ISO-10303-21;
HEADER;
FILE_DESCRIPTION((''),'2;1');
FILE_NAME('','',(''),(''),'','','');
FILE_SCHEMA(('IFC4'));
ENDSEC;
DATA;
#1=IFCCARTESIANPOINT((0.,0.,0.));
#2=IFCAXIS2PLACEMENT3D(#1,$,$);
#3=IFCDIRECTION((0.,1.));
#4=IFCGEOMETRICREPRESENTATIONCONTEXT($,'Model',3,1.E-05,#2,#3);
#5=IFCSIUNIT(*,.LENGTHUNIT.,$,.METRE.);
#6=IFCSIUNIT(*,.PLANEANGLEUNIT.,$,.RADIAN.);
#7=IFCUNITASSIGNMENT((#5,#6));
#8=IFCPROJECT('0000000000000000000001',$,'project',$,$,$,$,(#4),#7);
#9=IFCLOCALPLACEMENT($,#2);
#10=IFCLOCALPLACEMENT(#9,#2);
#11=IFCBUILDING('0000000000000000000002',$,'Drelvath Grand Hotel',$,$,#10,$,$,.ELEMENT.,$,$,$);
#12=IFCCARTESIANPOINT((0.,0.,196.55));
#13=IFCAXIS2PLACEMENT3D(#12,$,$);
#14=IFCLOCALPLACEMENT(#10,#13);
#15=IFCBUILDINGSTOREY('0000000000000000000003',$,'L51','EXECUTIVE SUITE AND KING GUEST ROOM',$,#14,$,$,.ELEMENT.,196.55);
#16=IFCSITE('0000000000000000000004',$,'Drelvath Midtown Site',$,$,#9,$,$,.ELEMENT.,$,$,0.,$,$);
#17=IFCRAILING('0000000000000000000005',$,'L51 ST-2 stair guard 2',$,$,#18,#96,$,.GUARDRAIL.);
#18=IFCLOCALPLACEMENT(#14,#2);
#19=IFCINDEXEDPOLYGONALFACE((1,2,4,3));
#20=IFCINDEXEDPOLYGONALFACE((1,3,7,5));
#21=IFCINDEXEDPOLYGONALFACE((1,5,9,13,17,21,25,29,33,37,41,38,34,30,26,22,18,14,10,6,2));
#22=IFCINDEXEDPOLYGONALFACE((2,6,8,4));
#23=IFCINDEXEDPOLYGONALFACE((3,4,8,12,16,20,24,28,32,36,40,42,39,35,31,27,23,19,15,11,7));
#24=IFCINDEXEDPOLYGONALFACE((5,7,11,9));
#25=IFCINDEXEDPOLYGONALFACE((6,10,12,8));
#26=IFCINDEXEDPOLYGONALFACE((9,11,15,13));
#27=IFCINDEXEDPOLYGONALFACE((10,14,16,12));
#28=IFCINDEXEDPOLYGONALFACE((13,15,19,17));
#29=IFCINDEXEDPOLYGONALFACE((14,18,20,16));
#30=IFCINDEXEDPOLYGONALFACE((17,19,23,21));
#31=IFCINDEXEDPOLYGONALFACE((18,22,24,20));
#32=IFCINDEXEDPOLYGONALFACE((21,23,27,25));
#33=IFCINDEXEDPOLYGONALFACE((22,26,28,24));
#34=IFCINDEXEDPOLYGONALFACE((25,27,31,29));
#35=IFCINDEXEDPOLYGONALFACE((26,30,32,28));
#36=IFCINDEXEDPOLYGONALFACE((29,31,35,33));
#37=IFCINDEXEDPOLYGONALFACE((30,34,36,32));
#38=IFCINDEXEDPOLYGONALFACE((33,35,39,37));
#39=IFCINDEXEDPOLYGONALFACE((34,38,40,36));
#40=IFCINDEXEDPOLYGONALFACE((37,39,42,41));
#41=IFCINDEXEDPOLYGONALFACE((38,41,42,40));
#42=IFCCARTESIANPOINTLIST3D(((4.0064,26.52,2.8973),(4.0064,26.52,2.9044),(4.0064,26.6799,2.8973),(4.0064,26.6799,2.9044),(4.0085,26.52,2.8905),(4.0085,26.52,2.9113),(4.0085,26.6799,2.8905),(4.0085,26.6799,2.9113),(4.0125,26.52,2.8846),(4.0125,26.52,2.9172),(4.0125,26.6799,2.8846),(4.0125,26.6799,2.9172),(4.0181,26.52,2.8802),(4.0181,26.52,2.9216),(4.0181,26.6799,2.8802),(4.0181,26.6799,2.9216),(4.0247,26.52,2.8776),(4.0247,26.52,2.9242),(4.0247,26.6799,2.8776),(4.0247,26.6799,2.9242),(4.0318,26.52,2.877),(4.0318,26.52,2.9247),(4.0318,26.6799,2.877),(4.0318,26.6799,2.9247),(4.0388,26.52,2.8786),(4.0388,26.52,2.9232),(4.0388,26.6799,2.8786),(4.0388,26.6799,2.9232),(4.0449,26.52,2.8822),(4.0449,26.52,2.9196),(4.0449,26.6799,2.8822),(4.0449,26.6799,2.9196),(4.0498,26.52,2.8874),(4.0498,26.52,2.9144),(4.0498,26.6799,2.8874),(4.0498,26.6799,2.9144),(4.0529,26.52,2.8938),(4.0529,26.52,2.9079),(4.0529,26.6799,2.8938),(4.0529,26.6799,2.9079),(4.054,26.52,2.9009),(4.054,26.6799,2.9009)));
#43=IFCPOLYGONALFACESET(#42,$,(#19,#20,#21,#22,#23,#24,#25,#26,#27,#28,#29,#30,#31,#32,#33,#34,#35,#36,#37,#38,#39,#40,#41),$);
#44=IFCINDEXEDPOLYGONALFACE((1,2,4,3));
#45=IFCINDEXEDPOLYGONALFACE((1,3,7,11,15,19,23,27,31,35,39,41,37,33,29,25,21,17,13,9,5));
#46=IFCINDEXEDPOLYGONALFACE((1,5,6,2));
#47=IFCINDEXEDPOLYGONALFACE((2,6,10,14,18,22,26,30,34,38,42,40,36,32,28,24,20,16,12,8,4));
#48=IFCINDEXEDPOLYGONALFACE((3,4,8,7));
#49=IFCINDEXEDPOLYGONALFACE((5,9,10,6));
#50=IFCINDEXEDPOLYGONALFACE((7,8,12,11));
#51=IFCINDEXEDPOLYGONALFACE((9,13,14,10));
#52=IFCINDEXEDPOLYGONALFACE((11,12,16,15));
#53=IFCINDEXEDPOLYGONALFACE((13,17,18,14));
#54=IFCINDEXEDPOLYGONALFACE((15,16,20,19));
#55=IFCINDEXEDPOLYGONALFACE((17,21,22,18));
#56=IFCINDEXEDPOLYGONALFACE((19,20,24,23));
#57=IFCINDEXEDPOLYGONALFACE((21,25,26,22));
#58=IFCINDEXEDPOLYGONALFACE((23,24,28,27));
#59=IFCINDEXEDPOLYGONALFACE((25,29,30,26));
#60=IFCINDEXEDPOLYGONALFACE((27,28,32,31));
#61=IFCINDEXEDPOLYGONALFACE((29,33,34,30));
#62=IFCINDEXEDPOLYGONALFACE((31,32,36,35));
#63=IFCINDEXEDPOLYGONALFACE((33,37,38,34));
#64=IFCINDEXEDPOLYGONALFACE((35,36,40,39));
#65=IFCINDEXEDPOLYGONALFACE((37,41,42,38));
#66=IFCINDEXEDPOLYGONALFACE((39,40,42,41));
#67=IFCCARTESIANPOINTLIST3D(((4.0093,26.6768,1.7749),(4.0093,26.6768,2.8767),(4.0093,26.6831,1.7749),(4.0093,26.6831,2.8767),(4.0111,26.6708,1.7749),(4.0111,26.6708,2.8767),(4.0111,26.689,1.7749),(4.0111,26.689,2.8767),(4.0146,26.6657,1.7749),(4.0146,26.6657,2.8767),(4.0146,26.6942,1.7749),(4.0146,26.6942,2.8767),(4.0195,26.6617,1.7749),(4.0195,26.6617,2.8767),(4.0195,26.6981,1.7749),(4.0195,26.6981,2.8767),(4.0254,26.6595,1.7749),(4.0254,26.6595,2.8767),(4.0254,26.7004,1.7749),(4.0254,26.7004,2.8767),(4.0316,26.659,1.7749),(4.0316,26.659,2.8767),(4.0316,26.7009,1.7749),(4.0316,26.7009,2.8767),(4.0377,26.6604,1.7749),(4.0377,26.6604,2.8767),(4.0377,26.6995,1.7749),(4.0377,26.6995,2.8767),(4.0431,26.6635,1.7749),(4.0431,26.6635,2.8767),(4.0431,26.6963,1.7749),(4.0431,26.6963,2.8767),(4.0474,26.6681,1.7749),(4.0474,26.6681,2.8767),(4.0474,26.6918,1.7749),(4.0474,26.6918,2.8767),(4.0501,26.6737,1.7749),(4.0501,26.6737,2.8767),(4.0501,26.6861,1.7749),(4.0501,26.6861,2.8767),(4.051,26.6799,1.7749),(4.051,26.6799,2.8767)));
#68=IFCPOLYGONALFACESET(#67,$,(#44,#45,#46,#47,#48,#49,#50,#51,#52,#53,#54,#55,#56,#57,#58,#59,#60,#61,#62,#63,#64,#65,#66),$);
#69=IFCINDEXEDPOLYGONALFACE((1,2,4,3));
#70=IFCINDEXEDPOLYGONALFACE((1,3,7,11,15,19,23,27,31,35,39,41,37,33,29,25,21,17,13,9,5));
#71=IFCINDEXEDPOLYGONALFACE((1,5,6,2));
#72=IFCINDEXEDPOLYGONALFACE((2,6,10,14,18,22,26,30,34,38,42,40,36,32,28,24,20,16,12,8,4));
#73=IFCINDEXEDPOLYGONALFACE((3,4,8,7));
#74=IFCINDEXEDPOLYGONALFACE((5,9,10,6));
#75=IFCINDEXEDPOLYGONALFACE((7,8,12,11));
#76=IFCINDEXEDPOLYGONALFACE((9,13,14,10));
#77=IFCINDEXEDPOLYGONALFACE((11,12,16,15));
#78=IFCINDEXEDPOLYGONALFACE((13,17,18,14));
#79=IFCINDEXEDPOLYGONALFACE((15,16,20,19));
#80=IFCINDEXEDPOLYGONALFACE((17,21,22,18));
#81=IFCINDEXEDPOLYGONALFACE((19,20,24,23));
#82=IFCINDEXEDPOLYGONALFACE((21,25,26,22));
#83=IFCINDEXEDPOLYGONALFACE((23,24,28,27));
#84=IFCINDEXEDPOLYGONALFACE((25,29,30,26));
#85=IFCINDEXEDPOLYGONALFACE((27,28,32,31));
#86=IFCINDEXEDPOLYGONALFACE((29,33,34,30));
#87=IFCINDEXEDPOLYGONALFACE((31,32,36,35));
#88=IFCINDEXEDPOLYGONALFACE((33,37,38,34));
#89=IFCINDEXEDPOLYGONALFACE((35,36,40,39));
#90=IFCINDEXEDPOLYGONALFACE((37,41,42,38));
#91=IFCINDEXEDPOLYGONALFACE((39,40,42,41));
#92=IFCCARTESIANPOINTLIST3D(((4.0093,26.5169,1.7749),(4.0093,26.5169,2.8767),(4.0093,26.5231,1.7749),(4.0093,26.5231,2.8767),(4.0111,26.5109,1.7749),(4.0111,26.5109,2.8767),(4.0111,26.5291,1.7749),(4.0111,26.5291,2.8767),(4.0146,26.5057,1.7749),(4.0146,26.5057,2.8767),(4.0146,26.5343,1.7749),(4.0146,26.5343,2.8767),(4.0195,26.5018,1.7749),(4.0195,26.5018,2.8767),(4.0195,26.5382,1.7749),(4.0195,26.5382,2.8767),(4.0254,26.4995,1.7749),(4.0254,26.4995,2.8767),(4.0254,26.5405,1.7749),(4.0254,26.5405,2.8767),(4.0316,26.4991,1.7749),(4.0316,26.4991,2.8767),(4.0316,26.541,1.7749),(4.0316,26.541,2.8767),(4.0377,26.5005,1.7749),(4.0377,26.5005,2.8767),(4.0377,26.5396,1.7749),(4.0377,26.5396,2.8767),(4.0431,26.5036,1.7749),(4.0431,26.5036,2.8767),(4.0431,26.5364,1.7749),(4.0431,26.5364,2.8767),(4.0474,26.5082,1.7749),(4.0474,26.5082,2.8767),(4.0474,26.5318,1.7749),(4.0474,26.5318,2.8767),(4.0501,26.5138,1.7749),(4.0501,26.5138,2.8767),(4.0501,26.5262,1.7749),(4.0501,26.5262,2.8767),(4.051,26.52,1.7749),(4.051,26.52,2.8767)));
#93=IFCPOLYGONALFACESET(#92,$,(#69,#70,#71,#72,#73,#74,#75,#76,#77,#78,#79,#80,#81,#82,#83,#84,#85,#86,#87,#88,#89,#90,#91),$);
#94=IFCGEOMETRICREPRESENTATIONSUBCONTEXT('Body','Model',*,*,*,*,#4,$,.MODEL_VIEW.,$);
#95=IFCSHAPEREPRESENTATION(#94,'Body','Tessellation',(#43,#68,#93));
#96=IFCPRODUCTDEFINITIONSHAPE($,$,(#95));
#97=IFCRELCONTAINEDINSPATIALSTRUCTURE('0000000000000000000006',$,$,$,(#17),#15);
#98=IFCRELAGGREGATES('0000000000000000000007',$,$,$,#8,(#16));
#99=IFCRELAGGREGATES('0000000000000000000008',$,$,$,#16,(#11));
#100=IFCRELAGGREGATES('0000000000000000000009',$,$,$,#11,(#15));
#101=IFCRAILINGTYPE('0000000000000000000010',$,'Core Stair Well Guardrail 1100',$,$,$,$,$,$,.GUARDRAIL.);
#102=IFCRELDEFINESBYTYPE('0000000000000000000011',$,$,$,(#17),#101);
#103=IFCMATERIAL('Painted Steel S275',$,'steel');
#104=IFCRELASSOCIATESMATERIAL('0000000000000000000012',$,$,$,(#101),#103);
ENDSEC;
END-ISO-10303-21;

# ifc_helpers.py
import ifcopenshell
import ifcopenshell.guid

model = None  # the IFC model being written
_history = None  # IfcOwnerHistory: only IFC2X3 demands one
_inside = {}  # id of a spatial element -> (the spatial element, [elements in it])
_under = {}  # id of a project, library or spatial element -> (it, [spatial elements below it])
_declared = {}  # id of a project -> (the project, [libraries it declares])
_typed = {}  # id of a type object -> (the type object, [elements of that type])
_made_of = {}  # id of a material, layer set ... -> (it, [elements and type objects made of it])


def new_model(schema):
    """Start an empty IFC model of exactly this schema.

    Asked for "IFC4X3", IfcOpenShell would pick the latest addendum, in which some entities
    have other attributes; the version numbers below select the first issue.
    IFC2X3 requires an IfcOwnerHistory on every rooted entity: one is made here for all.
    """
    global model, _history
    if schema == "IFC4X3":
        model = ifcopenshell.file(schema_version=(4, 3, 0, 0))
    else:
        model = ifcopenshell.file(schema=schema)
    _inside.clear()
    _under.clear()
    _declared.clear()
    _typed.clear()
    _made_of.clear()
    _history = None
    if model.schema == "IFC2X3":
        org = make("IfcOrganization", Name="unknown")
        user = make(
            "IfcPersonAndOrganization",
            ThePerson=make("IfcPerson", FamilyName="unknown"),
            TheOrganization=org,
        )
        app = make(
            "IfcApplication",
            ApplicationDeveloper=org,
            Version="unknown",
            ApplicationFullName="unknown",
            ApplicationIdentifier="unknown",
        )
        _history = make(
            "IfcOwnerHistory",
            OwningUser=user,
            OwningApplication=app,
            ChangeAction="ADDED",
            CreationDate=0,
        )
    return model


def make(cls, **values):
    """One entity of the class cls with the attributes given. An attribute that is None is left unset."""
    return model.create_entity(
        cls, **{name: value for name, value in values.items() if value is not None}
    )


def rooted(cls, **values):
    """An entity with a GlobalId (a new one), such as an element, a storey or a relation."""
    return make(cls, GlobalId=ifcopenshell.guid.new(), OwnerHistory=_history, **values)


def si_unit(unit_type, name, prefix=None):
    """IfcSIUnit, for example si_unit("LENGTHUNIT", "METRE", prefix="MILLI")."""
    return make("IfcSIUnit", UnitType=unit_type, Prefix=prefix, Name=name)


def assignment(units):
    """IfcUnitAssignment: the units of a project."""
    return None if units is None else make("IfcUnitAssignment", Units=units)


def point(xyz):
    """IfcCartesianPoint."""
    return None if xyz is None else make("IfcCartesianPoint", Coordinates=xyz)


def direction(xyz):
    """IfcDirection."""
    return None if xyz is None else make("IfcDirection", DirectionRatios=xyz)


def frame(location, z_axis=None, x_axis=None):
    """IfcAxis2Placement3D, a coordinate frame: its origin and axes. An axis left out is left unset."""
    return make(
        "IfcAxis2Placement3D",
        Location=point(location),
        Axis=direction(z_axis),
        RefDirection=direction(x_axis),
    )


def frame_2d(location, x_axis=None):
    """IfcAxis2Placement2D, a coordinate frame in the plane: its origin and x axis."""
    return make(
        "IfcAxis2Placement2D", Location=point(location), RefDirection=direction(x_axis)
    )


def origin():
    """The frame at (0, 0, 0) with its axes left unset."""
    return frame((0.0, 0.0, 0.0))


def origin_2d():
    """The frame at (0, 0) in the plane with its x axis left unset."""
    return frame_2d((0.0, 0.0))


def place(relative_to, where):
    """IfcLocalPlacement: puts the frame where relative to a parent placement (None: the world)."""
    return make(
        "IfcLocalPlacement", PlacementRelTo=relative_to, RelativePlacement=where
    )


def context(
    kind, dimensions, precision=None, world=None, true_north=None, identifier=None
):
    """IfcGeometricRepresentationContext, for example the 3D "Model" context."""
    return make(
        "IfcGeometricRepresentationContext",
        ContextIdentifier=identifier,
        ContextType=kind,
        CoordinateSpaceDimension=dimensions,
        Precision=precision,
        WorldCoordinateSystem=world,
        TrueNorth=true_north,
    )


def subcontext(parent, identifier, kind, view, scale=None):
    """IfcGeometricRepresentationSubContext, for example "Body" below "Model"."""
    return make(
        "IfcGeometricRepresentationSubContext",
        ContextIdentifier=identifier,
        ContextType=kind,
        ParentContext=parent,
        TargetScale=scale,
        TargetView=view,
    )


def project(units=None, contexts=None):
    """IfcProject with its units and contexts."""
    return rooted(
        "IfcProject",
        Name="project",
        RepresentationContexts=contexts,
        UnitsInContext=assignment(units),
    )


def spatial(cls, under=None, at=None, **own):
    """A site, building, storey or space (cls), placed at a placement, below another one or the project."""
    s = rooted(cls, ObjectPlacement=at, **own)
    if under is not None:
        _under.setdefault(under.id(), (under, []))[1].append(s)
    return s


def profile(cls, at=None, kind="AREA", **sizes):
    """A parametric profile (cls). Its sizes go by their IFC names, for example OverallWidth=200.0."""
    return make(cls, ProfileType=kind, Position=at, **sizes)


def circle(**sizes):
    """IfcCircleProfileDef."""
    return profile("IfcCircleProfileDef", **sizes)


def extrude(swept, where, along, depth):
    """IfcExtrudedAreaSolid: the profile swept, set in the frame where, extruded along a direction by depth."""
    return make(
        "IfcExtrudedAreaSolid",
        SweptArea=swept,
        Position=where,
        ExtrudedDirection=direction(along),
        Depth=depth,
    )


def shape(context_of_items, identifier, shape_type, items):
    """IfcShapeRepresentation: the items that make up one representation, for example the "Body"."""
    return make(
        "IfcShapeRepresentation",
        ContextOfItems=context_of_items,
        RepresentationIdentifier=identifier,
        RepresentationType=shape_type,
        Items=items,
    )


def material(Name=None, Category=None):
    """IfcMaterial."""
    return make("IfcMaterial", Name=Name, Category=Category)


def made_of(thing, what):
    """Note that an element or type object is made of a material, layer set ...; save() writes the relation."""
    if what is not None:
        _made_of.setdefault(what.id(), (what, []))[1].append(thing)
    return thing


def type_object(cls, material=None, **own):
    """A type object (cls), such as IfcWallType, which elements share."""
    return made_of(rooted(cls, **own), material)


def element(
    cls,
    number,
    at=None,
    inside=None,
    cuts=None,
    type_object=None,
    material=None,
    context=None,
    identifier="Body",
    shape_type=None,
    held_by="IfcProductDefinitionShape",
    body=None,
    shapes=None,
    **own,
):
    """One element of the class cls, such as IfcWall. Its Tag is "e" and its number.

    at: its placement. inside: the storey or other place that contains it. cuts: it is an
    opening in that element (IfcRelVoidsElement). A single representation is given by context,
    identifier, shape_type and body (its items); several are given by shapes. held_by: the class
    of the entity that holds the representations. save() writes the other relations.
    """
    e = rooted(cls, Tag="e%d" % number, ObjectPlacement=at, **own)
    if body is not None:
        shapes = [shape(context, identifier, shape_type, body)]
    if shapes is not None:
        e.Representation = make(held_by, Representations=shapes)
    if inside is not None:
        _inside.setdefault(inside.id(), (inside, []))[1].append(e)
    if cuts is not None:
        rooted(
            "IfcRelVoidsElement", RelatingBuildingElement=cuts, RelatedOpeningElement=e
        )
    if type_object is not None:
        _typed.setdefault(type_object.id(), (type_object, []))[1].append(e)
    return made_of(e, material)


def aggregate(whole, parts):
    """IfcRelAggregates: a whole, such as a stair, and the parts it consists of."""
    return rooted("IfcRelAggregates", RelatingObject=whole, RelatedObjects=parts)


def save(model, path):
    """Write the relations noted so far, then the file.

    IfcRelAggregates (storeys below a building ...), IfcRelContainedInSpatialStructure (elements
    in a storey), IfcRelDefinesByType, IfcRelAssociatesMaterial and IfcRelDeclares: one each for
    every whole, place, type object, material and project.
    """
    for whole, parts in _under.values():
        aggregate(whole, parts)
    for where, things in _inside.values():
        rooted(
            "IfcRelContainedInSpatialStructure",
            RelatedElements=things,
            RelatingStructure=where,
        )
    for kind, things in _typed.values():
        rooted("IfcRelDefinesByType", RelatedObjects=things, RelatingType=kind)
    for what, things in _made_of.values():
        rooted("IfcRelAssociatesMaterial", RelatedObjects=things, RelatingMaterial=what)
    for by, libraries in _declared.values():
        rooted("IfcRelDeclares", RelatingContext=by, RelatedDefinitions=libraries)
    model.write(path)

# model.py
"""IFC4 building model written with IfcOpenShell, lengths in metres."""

from ifc_helpers import new_model, si_unit, direction, frame, origin, origin_2d, place, context, subcontext, project, spatial, circle, extrude, material, type_object, element, save


model = new_model("IFC4")

# Units and contexts
model_context = context("Model", 3, precision=1e-05, world=origin(), true_north=direction((0.0, 1.0)))
body_context = subcontext(model_context, "Body", "Model", "MODEL_VIEW")
ifc_project = project(units=[si_unit("LENGTHUNIT", "METRE"), si_unit("PLANEANGLEUNIT", "RADIAN")], contexts=[model_context])

# Site, building, storey
site_placement = place(None, origin())
site = spatial("IfcSite", under=ifc_project, at=site_placement, Name="Drelvath Midtown Site", CompositionType="ELEMENT", RefElevation=0.0)
building_placement = place(site_placement, origin())
building = spatial("IfcBuilding", under=site, at=building_placement, Name="Drelvath Grand Hotel", CompositionType="ELEMENT")
storey_placement = place(building_placement, frame((0.0, 0.0, 196.55)))
storey = spatial("IfcBuildingStorey", under=building, at=storey_placement, Name="L51", Description="EXECUTIVE SUITE AND KING GUEST ROOM", CompositionType="ELEMENT", Elevation=196.55)

# Railing
ifc_material_1 = material(Name="Painted Steel S275", Category="steel")
railing_type_1 = type_object("IfcRailingType", Name="Core Stair Well Guardrail 1100", PredefinedType="GUARDRAIL", material=ifc_material_1)
railing_1_placement = place(storey_placement, frame((4.03, 26.6799, 1.7749)))
element("IfcRailing", 1, at=railing_1_placement, inside=storey, type_object=railing_type_1, Name="L51 ST-2 stair guard 2", PredefinedType="GUARDRAIL", context=body_context, shape_type="SweptSolid", body=[
    extrude(circle(Radius=0.0239, at=origin_2d()), frame((0.0, 0.0, 1.126), z_axis=(0.0, -1.0, 0.0), x_axis=(1.0, 0.0, 0.0)), (0.0, 0.0, 1.0), 0.1599),
    extrude(circle(Radius=0.021, at=origin_2d()), origin(), (0.0, 0.0, 1.0), 1.1018),
    extrude(circle(Radius=0.021, at=origin_2d()), frame((0.0, -0.1599, 0.0)), (0.0, 0.0, 1.0), 1.1018),
])

save(model, "model.ifc")
